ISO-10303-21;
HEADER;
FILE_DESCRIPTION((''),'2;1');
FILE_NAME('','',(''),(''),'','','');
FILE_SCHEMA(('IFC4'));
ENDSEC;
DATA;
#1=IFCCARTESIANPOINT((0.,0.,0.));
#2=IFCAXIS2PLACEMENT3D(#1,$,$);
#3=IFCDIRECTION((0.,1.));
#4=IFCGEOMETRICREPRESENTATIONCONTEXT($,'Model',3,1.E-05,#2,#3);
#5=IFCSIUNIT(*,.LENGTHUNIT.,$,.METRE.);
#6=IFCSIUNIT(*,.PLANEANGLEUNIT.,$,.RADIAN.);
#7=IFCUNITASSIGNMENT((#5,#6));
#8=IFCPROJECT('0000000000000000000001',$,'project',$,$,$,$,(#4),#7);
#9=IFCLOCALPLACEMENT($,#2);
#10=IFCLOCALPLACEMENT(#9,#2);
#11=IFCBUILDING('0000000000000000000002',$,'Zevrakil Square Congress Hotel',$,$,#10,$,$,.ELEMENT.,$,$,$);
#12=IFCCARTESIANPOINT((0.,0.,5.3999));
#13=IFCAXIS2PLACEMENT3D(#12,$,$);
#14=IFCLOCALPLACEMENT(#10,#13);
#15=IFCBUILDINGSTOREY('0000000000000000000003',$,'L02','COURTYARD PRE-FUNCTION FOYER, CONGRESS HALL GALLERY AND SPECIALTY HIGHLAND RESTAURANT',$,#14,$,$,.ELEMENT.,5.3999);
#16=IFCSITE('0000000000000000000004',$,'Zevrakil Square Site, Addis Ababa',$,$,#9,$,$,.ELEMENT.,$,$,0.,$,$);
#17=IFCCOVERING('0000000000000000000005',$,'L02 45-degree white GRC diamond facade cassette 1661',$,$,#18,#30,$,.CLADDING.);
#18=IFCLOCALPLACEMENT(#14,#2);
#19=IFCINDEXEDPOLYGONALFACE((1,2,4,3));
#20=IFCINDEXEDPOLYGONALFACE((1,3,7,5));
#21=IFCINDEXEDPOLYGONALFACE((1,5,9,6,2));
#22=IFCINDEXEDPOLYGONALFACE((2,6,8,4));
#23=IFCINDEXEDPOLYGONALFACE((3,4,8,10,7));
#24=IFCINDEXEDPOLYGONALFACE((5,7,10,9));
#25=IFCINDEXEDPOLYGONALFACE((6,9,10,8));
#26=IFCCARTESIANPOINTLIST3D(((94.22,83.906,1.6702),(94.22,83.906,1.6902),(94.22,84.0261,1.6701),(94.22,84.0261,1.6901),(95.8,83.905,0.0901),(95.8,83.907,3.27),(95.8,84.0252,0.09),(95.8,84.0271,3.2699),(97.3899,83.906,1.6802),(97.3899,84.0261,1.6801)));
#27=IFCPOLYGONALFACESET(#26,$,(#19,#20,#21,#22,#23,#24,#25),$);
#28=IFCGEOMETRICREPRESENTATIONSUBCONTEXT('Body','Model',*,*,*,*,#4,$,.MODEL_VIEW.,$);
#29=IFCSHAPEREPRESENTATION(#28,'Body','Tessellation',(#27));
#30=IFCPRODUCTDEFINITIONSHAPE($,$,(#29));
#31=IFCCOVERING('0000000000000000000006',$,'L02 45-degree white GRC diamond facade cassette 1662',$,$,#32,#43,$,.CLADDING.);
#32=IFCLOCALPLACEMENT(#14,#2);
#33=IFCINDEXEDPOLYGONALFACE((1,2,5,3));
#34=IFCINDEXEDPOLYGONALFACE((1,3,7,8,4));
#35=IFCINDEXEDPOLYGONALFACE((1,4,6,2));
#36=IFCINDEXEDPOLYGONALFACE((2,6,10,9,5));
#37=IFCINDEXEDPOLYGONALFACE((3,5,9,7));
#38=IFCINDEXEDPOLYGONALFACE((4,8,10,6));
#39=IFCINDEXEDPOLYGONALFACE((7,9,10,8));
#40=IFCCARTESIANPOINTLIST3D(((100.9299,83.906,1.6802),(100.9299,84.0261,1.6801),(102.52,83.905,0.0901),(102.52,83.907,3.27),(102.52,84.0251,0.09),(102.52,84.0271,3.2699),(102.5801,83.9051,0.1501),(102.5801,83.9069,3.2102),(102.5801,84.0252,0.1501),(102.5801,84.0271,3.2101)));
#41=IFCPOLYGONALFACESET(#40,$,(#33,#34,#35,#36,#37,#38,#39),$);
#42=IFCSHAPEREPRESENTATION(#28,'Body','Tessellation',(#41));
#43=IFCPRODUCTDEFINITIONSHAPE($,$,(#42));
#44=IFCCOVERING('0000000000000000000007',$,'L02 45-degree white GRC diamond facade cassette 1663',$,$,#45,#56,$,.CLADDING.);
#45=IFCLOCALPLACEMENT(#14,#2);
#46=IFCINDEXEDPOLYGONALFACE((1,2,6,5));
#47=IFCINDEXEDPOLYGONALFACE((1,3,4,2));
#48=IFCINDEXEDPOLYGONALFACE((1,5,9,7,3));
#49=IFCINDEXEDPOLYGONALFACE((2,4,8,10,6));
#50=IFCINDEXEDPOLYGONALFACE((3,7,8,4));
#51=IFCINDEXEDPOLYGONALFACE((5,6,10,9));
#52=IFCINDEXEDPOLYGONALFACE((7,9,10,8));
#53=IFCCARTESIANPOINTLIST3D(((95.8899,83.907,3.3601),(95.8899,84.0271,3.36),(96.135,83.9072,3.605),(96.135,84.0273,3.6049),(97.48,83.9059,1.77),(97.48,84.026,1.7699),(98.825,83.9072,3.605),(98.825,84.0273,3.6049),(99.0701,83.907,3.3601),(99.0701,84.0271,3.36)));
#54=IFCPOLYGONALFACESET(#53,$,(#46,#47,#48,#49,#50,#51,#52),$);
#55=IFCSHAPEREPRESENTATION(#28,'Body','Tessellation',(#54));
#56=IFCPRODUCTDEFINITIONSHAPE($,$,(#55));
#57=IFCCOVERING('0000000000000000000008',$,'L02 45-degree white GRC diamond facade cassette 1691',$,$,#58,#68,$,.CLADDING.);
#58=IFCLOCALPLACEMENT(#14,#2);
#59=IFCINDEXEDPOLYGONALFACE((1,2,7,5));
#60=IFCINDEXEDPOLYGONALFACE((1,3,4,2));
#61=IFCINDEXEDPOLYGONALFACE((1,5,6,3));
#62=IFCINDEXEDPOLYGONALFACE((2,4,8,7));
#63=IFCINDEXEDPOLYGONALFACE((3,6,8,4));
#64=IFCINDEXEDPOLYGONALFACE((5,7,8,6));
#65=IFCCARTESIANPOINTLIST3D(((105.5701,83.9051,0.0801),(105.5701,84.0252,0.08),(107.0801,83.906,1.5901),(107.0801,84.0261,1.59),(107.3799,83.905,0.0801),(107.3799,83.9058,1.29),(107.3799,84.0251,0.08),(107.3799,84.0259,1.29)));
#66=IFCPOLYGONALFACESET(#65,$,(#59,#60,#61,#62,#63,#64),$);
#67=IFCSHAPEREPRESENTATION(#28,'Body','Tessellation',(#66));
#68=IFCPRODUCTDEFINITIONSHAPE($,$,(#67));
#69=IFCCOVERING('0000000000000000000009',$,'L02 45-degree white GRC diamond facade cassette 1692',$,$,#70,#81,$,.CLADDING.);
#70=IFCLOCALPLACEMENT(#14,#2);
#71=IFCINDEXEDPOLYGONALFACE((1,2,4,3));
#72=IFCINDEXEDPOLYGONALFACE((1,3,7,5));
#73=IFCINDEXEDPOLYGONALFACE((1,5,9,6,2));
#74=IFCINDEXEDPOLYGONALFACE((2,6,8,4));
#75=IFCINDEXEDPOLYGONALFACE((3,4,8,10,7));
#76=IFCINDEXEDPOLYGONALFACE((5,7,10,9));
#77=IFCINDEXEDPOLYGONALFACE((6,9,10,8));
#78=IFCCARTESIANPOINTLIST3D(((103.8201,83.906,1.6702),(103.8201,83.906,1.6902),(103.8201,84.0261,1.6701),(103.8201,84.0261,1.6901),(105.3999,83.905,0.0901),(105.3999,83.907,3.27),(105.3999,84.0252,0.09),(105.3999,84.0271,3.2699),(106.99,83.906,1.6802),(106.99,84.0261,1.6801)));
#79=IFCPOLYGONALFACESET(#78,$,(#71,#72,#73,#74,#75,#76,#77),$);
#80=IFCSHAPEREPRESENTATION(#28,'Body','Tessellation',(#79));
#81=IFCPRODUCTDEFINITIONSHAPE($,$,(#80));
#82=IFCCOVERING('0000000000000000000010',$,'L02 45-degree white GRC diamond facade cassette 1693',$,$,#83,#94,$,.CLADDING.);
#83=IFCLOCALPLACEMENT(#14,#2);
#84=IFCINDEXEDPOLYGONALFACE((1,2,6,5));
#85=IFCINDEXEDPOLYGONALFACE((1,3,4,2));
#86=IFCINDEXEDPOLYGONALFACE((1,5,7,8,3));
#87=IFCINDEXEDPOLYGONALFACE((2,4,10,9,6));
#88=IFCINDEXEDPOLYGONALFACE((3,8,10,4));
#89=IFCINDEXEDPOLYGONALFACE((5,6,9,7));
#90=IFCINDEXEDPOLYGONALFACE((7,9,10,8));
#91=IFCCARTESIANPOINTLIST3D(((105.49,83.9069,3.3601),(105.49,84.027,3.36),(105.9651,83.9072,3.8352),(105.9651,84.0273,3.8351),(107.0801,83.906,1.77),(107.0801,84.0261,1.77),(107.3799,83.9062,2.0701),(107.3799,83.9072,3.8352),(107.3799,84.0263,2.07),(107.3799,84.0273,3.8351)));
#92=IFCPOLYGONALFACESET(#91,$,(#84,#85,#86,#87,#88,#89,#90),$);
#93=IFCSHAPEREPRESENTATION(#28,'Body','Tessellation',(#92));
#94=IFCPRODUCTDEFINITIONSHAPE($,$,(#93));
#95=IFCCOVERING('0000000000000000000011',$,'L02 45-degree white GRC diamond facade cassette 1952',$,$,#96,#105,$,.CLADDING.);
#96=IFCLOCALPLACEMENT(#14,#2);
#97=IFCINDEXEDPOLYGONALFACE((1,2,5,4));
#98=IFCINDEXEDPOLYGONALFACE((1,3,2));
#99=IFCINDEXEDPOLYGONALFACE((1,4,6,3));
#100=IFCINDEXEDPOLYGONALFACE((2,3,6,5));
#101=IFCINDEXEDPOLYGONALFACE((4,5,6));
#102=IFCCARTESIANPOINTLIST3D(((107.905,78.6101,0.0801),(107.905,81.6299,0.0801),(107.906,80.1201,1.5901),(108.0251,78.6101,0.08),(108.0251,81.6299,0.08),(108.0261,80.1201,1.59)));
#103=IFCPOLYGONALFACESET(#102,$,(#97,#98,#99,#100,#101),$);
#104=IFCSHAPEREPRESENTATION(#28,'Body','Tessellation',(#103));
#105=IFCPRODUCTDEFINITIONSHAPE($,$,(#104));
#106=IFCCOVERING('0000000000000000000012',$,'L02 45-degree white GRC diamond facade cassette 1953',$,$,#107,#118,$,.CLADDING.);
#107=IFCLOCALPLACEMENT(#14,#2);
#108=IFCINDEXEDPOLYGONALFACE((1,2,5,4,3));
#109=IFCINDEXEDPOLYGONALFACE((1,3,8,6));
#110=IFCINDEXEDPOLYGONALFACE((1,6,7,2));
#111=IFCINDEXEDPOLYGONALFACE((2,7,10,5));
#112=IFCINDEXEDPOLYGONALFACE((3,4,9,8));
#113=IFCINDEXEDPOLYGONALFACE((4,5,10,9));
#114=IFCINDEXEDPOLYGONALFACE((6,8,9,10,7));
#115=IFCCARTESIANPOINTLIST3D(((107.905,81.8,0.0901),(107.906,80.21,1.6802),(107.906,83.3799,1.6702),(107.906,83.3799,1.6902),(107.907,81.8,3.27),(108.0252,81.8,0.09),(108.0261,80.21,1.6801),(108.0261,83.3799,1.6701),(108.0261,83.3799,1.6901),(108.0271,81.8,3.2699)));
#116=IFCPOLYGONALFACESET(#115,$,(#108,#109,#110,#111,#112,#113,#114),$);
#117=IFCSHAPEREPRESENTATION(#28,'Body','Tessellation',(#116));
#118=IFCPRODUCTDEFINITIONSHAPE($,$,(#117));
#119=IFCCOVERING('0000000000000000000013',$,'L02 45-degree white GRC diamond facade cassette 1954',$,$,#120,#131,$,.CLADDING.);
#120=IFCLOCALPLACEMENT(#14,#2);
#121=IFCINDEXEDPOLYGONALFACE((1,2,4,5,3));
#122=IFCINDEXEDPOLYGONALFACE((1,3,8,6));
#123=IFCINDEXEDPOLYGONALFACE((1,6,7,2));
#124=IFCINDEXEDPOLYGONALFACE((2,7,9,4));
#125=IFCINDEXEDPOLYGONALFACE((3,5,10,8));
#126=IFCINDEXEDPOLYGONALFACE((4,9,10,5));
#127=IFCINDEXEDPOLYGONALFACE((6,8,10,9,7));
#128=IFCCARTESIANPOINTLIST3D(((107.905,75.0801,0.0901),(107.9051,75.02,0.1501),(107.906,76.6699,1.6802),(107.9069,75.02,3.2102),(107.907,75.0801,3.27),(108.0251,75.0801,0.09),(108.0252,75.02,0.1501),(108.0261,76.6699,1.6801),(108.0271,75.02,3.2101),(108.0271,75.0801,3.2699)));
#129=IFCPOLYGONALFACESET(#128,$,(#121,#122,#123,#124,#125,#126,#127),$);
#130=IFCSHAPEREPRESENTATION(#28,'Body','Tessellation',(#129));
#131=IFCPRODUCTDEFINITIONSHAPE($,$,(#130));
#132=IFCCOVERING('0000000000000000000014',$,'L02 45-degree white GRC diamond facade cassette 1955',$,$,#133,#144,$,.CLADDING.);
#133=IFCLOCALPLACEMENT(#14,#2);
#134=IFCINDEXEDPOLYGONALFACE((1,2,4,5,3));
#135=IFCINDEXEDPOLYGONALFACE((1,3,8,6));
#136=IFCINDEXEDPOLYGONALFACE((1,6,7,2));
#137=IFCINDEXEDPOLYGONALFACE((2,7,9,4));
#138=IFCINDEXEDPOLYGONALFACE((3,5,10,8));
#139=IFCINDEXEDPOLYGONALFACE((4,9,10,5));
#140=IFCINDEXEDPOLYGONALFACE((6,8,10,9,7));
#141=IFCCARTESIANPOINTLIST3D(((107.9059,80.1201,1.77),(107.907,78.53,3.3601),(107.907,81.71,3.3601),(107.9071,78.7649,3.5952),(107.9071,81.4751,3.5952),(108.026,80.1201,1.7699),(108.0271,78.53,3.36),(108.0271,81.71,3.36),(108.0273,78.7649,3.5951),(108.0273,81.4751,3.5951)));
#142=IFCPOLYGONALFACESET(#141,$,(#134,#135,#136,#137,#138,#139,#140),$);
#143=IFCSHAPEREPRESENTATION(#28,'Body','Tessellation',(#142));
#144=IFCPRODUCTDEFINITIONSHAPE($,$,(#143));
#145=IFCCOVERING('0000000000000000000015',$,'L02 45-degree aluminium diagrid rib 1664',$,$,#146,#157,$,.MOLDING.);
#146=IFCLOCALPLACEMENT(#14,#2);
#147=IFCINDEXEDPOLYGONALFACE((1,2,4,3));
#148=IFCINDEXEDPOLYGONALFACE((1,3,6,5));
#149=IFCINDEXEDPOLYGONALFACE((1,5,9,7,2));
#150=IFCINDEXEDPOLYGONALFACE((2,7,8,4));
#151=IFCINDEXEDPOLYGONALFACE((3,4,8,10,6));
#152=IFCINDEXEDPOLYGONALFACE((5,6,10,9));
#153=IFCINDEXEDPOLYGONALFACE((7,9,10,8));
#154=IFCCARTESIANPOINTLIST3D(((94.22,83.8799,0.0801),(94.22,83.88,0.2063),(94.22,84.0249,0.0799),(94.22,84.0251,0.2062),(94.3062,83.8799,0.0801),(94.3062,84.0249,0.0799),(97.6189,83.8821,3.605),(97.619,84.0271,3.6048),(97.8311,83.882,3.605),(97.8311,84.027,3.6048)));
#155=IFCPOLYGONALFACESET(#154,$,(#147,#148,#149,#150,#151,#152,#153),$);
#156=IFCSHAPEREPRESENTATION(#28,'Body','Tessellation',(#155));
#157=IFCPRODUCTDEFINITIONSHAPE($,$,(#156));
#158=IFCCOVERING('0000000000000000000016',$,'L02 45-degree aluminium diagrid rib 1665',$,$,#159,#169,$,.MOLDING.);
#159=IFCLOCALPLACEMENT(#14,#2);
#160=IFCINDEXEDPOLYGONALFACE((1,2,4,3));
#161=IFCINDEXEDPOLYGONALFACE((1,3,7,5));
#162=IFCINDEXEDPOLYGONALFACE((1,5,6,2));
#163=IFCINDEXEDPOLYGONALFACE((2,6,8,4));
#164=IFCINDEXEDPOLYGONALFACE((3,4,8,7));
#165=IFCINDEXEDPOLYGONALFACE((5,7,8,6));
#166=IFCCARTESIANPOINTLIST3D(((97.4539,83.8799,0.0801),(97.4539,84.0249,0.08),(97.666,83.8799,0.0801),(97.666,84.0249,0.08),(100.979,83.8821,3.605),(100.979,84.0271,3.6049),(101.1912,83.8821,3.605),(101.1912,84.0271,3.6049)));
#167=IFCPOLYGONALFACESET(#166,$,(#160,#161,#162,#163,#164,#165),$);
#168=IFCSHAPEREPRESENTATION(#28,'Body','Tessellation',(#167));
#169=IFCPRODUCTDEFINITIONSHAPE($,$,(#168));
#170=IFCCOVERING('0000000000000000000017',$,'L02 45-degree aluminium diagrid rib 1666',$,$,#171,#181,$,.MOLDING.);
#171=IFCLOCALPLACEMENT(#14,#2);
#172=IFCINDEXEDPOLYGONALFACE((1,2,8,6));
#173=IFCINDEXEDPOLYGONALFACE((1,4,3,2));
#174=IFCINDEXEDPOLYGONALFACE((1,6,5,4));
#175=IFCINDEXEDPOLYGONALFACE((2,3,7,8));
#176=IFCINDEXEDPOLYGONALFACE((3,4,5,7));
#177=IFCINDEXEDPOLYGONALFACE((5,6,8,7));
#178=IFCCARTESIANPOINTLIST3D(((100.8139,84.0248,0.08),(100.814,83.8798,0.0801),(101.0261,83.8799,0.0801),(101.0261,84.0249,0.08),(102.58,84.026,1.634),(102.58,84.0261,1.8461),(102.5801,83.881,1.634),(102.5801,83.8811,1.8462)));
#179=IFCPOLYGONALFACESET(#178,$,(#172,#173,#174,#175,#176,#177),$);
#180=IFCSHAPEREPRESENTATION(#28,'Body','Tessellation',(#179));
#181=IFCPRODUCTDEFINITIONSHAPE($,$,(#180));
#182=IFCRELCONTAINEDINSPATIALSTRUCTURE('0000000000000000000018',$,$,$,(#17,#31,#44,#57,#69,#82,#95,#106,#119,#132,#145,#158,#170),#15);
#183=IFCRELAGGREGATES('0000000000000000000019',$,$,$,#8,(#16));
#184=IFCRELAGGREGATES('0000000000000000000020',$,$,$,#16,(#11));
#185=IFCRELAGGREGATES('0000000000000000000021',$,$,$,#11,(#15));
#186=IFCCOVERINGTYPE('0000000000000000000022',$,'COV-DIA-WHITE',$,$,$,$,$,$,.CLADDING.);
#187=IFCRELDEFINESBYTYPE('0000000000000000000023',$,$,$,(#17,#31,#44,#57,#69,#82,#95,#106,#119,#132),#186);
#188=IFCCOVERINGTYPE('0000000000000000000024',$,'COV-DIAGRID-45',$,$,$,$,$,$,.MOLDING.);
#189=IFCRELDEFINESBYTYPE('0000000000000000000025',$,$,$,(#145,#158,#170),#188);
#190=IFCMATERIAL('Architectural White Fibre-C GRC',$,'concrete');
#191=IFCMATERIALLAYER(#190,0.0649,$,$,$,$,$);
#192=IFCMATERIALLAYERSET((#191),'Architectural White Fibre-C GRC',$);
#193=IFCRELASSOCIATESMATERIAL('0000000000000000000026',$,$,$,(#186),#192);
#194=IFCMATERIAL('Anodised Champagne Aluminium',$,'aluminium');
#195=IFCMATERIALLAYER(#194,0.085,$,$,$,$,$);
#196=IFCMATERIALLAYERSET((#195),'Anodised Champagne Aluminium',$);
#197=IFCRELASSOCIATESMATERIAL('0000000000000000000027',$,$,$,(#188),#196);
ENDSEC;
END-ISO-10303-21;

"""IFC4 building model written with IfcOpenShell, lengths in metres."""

from ifc_helpers import new_model, si_unit, direction, frame, origin, place, context, subcontext, project, spatial, polyline, outline, extrude, material, layer, layer_set, type_object, element, save


model = new_model("IFC4")

# Units and contexts
model_context = context("Model", 3, precision=1e-05, world=origin(), true_north=direction((0.0, 1.0)))
body_context = subcontext(model_context, "Body", "Model", "MODEL_VIEW")
ifc_project = project(units=[si_unit("LENGTHUNIT", "METRE"), si_unit("PLANEANGLEUNIT", "RADIAN")], contexts=[model_context])

# Site, building, storey
site_placement = place(None, origin())
site = spatial("IfcSite", under=ifc_project, at=site_placement, Name="Zevrakil Square Site, Addis Ababa", CompositionType="ELEMENT", RefElevation=0.0)
building_placement = place(site_placement, origin())
building = spatial("IfcBuilding", under=site, at=building_placement, Name="Zevrakil Square Congress Hotel", CompositionType="ELEMENT")
storey_placement = place(building_placement, frame((0.0, 0.0, 5.3999)))
storey = spatial("IfcBuildingStorey", under=building, at=storey_placement, Name="L02", Description="COURTYARD PRE-FUNCTION FOYER, CONGRESS HALL GALLERY AND SPECIALTY HIGHLAND RESTAURANT", CompositionType="ELEMENT", Elevation=5.3999)

# Coverings
ifc_material_1 = material(Name="Architectural White Fibre-C GRC", Category="concrete")
ifc_layer_1 = layer(ifc_material_1, 0.0649)
ifc_layer_set_1 = layer_set([ifc_layer_1], Name="Architectural White Fibre-C GRC")
covering_type_1 = type_object("IfcCoveringType", Name="COV-DIA-WHITE", PredefinedType="CLADDING", material=ifc_layer_set_1)
covering_1_placement = place(storey_placement, frame((95.8, 83.907, 3.27), z_axis=(0.0, -1.0, 0.000612), x_axis=(0.707107, -0.000433, -0.707107)))
element("IfcCovering", 1, at=covering_1_placement, inside=storey, type_object=covering_type_1, Name="L02 45-degree white GRC diamond facade cassette 1661", PredefinedType="CLADDING", context=body_context, shape_type="SweptSolid", body=[
    extrude(outline(polyline([(0.0, 0.0), (2.2484, 0.0), (2.2486, -2.2486), (0.014, -2.2486), (-0.0002, -2.2344), (0.0, 0.0)])), origin(), (0.0, 0.0, -1.0), 0.1201),
])
covering_2_placement = place(storey_placement, frame((102.52, 83.905, 0.0901), z_axis=(0.0, -1.0, 0.000615), x_axis=(-0.707107, 0.000435, 0.707107)))
element("IfcCovering", 2, at=covering_2_placement, inside=storey, type_object=covering_type_1, Name="L02 45-degree white GRC diamond facade cassette 1662", PredefinedType="CLADDING", context=body_context, shape_type="SweptSolid", body=[
    extrude(outline(polyline([(0.0, 0.0), (2.2487, 0.0), (2.2486, -2.2486), (2.1638, -2.2487), (0.0, -0.0849), (0.0, 0.0)])), origin(), (0.0, 0.0, -1.0), 0.1201),
])
covering_3_placement = place(storey_placement, frame((99.0701, 83.907, 3.3601), z_axis=(0.0, -1.0, 0.000699), x_axis=(-0.707107, -0.000494, -0.707107)))
element("IfcCovering", 3, at=covering_3_placement, inside=storey, type_object=covering_type_1, Name="L02 45-degree white GRC diamond facade cassette 1663", PredefinedType="CLADDING", context=body_context, shape_type="SweptSolid", body=[
    extrude(outline(polyline([(0.0, 0.0), (2.2487, 0.0), (2.2487, -2.2487), (1.9022, -2.2486), (0.0002, -0.3465), (0.0, 0.0)])), origin(), (0.0, 0.0, -1.0), 0.1201),
])
covering_4_placement = place(storey_placement, frame((107.0801, 83.906, 1.5901), z_axis=(-0.000024, -1.0, 0.000642), x_axis=(0.706819, -0.000471, -0.707394)))
element("IfcCovering", 4, at=covering_4_placement, inside=storey, type_object=covering_type_1, Name="L02 45-degree white GRC diamond facade cassette 1691", PredefinedType="CLADDING", context=body_context, shape_type="SweptSolid", body=[
    extrude(outline(polyline([(0.0, 0.0), (0.4242, 0.0), (1.2801, -0.8552), (0.0009, -2.1355), (0.0, 0.0)])), origin(), (0.0, 0.0, -1.0), 0.1201),
])
covering_5_placement = place(storey_placement, frame((105.3999, 83.907, 3.27), z_axis=(0.0, -1.0, 0.000612), x_axis=(0.707161, -0.000433, -0.707052)))
element("IfcCovering", 5, at=covering_5_placement, inside=storey, type_object=covering_type_1, Name="L02 45-degree white GRC diamond facade cassette 1692", PredefinedType="CLADDING", context=body_context, shape_type="SweptSolid", body=[
    extrude(outline(polyline([(0.0, 0.0), (2.2486, 0.0), (2.2484, -2.2487), (0.014, -2.2484), (-0.0002, -2.2342), (0.0, 0.0)])), origin(), (0.0, 0.0, -1.0), 0.1201),
])
covering_6_placement = place(storey_placement, frame((107.0801, 83.906, 1.77), z_axis=(0.000013, -1.0, 0.000579), x_axis=(-0.707107, 0.0004, 0.707107)))
element("IfcCovering", 6, at=covering_6_placement, inside=storey, type_object=covering_type_1, Name="L02 45-degree white GRC diamond facade cassette 1693", PredefinedType="CLADDING", context=body_context, shape_type="SweptSolid", body=[
    extrude(outline(polyline([(0.0, 0.0), (2.2487, 0.0), (2.2487, -0.6719), (1.2483, -1.6723), (0.0002, -0.4242), (0.0, 0.0)])), origin(), (0.0, 0.0, -1.0), 0.1201),
])
covering_7_placement = place(storey_placement, frame((107.906, 80.1201, 1.5901), z_axis=(-1.0, 0.0, 0.000647), x_axis=(-0.000457, -0.707107, -0.707107)))
element("IfcCovering", 7, at=covering_7_placement, inside=storey, type_object=covering_type_1, Name="L02 45-degree white GRC diamond facade cassette 1952", PredefinedType="CLADDING", context=body_context, shape_type="SweptSolid", body=[
    extrude(outline(polyline([(0.0, 0.0), (2.1355, 0.0), (0.0002, -2.1353), (0.0, 0.0)])), origin(), (0.0, 0.0, -1.0), 0.1201),
])
covering_8_placement = place(storey_placement, frame((107.907, 81.8, 3.27), z_axis=(-1.0, 0.0, 0.000612), x_axis=(-0.000433, -0.707161, -0.707052)))
element("IfcCovering", 8, at=covering_8_placement, inside=storey, type_object=covering_type_1, Name="L02 45-degree white GRC diamond facade cassette 1953", PredefinedType="CLADDING", context=body_context, shape_type="SweptSolid", body=[
    extrude(outline(polyline([(0.0, 0.0), (2.2486, 0.0), (2.2484, -2.2487), (0.014, -2.2484), (-0.0002, -2.2342), (0.0, 0.0)])), origin(), (0.0, 0.0, -1.0), 0.1201),
])
covering_9_placement = place(storey_placement, frame((107.905, 75.0801, 0.0901), z_axis=(-1.0, 0.0, 0.000615), x_axis=(0.000435, 0.707052, 0.707161)))
element("IfcCovering", 9, at=covering_9_placement, inside=storey, type_object=covering_type_1, Name="L02 45-degree white GRC diamond facade cassette 1954", PredefinedType="CLADDING", context=body_context, shape_type="SweptSolid", body=[
    extrude(outline(polyline([(0.0, 0.0), (2.2486, 0.0), (2.2487, -2.2484), (2.164, -2.2486), (0.0, -0.0849), (0.0, 0.0)])), origin(), (0.0, 0.0, -1.0), 0.1201),
])
covering_10_placement = place(storey_placement, frame((107.907, 78.53, 3.3601), z_axis=(-1.0, 0.0, 0.000705), x_axis=(-0.000499, 0.707107, -0.707107)))
element("IfcCovering", 10, at=covering_10_placement, inside=storey, type_object=covering_type_1, Name="L02 45-degree white GRC diamond facade cassette 1955", PredefinedType="CLADDING", context=body_context, shape_type="SweptSolid", body=[
    extrude(outline(polyline([(0.0, 0.0), (2.2487, 0.0), (2.2486, -2.2486), (1.9162, -2.2487), (-0.0002, -0.3323), (0.0, 0.0)])), origin(), (0.0, 0.0, -1.0), 0.1201),
])
ifc_material_2 = material(Name="Anodised Champagne Aluminium", Category="aluminium")
ifc_layer_2 = layer(ifc_material_2, 0.085)
ifc_layer_set_2 = layer_set([ifc_layer_2], Name="Anodised Champagne Aluminium")
covering_type_2 = type_object("IfcCoveringType", Name="COV-DIAGRID-45", PredefinedType="MOLDING", material=ifc_layer_set_2)
covering_11_placement = place(storey_placement, frame((94.3062, 83.8799, 0.0801), z_axis=(-0.000394, -0.999999, 0.001003), x_axis=(-1.0, 0.000394, 0.0)))
element("IfcCovering", 11, at=covering_11_placement, inside=storey, type_object=covering_type_2, Name="L02 45-degree aluminium diagrid rib 1664", PredefinedType="MOLDING", context=body_context, shape_type="SweptSolid", body=[
    extrude(outline(polyline([(0.0, 0.0), (0.0862, 0.0), (0.0862, -0.1262), (-3.3127, -3.5249), (-3.5249, -3.5249), (0.0, 0.0)])), origin(), (0.0, 0.0, -1.0), 0.145),
])
covering_12_placement = place(storey_placement, frame((97.666, 83.8799, 0.0801), z_axis=(0.0, -1.0, 0.000623), x_axis=(-1.0, 0.0, 0.0)))
element("IfcCovering", 12, at=covering_12_placement, inside=storey, type_object=covering_type_2, Name="L02 45-degree aluminium diagrid rib 1665", PredefinedType="MOLDING", context=body_context, shape_type="SweptSolid", body=[
    extrude(outline(polyline([(0.0, 0.0), (0.2122, 0.0), (-3.313, -3.5249), (-3.5251, -3.5249), (0.0, 0.0)])), origin(), (0.0, 0.0, -1.0), 0.145),
])
covering_13_placement = place(storey_placement, frame((101.0261, 83.8799, 0.0801), z_axis=(0.000368, -1.0, 0.000368), x_axis=(-1.0, -0.000368, 0.0)))
element("IfcCovering", 13, at=covering_13_placement, inside=storey, type_object=covering_type_2, Name="L02 45-degree aluminium diagrid rib 1666", PredefinedType="MOLDING", context=body_context, shape_type="SweptSolid", body=[
    extrude(outline(polyline([(0.0, 0.0), (0.2122, 0.0), (-1.554, -1.7661), (-1.554, -1.554), (0.0, 0.0)])), origin(), (0.0, 0.0, -1.0), 0.145),
])

save(model, "model.ifc")
